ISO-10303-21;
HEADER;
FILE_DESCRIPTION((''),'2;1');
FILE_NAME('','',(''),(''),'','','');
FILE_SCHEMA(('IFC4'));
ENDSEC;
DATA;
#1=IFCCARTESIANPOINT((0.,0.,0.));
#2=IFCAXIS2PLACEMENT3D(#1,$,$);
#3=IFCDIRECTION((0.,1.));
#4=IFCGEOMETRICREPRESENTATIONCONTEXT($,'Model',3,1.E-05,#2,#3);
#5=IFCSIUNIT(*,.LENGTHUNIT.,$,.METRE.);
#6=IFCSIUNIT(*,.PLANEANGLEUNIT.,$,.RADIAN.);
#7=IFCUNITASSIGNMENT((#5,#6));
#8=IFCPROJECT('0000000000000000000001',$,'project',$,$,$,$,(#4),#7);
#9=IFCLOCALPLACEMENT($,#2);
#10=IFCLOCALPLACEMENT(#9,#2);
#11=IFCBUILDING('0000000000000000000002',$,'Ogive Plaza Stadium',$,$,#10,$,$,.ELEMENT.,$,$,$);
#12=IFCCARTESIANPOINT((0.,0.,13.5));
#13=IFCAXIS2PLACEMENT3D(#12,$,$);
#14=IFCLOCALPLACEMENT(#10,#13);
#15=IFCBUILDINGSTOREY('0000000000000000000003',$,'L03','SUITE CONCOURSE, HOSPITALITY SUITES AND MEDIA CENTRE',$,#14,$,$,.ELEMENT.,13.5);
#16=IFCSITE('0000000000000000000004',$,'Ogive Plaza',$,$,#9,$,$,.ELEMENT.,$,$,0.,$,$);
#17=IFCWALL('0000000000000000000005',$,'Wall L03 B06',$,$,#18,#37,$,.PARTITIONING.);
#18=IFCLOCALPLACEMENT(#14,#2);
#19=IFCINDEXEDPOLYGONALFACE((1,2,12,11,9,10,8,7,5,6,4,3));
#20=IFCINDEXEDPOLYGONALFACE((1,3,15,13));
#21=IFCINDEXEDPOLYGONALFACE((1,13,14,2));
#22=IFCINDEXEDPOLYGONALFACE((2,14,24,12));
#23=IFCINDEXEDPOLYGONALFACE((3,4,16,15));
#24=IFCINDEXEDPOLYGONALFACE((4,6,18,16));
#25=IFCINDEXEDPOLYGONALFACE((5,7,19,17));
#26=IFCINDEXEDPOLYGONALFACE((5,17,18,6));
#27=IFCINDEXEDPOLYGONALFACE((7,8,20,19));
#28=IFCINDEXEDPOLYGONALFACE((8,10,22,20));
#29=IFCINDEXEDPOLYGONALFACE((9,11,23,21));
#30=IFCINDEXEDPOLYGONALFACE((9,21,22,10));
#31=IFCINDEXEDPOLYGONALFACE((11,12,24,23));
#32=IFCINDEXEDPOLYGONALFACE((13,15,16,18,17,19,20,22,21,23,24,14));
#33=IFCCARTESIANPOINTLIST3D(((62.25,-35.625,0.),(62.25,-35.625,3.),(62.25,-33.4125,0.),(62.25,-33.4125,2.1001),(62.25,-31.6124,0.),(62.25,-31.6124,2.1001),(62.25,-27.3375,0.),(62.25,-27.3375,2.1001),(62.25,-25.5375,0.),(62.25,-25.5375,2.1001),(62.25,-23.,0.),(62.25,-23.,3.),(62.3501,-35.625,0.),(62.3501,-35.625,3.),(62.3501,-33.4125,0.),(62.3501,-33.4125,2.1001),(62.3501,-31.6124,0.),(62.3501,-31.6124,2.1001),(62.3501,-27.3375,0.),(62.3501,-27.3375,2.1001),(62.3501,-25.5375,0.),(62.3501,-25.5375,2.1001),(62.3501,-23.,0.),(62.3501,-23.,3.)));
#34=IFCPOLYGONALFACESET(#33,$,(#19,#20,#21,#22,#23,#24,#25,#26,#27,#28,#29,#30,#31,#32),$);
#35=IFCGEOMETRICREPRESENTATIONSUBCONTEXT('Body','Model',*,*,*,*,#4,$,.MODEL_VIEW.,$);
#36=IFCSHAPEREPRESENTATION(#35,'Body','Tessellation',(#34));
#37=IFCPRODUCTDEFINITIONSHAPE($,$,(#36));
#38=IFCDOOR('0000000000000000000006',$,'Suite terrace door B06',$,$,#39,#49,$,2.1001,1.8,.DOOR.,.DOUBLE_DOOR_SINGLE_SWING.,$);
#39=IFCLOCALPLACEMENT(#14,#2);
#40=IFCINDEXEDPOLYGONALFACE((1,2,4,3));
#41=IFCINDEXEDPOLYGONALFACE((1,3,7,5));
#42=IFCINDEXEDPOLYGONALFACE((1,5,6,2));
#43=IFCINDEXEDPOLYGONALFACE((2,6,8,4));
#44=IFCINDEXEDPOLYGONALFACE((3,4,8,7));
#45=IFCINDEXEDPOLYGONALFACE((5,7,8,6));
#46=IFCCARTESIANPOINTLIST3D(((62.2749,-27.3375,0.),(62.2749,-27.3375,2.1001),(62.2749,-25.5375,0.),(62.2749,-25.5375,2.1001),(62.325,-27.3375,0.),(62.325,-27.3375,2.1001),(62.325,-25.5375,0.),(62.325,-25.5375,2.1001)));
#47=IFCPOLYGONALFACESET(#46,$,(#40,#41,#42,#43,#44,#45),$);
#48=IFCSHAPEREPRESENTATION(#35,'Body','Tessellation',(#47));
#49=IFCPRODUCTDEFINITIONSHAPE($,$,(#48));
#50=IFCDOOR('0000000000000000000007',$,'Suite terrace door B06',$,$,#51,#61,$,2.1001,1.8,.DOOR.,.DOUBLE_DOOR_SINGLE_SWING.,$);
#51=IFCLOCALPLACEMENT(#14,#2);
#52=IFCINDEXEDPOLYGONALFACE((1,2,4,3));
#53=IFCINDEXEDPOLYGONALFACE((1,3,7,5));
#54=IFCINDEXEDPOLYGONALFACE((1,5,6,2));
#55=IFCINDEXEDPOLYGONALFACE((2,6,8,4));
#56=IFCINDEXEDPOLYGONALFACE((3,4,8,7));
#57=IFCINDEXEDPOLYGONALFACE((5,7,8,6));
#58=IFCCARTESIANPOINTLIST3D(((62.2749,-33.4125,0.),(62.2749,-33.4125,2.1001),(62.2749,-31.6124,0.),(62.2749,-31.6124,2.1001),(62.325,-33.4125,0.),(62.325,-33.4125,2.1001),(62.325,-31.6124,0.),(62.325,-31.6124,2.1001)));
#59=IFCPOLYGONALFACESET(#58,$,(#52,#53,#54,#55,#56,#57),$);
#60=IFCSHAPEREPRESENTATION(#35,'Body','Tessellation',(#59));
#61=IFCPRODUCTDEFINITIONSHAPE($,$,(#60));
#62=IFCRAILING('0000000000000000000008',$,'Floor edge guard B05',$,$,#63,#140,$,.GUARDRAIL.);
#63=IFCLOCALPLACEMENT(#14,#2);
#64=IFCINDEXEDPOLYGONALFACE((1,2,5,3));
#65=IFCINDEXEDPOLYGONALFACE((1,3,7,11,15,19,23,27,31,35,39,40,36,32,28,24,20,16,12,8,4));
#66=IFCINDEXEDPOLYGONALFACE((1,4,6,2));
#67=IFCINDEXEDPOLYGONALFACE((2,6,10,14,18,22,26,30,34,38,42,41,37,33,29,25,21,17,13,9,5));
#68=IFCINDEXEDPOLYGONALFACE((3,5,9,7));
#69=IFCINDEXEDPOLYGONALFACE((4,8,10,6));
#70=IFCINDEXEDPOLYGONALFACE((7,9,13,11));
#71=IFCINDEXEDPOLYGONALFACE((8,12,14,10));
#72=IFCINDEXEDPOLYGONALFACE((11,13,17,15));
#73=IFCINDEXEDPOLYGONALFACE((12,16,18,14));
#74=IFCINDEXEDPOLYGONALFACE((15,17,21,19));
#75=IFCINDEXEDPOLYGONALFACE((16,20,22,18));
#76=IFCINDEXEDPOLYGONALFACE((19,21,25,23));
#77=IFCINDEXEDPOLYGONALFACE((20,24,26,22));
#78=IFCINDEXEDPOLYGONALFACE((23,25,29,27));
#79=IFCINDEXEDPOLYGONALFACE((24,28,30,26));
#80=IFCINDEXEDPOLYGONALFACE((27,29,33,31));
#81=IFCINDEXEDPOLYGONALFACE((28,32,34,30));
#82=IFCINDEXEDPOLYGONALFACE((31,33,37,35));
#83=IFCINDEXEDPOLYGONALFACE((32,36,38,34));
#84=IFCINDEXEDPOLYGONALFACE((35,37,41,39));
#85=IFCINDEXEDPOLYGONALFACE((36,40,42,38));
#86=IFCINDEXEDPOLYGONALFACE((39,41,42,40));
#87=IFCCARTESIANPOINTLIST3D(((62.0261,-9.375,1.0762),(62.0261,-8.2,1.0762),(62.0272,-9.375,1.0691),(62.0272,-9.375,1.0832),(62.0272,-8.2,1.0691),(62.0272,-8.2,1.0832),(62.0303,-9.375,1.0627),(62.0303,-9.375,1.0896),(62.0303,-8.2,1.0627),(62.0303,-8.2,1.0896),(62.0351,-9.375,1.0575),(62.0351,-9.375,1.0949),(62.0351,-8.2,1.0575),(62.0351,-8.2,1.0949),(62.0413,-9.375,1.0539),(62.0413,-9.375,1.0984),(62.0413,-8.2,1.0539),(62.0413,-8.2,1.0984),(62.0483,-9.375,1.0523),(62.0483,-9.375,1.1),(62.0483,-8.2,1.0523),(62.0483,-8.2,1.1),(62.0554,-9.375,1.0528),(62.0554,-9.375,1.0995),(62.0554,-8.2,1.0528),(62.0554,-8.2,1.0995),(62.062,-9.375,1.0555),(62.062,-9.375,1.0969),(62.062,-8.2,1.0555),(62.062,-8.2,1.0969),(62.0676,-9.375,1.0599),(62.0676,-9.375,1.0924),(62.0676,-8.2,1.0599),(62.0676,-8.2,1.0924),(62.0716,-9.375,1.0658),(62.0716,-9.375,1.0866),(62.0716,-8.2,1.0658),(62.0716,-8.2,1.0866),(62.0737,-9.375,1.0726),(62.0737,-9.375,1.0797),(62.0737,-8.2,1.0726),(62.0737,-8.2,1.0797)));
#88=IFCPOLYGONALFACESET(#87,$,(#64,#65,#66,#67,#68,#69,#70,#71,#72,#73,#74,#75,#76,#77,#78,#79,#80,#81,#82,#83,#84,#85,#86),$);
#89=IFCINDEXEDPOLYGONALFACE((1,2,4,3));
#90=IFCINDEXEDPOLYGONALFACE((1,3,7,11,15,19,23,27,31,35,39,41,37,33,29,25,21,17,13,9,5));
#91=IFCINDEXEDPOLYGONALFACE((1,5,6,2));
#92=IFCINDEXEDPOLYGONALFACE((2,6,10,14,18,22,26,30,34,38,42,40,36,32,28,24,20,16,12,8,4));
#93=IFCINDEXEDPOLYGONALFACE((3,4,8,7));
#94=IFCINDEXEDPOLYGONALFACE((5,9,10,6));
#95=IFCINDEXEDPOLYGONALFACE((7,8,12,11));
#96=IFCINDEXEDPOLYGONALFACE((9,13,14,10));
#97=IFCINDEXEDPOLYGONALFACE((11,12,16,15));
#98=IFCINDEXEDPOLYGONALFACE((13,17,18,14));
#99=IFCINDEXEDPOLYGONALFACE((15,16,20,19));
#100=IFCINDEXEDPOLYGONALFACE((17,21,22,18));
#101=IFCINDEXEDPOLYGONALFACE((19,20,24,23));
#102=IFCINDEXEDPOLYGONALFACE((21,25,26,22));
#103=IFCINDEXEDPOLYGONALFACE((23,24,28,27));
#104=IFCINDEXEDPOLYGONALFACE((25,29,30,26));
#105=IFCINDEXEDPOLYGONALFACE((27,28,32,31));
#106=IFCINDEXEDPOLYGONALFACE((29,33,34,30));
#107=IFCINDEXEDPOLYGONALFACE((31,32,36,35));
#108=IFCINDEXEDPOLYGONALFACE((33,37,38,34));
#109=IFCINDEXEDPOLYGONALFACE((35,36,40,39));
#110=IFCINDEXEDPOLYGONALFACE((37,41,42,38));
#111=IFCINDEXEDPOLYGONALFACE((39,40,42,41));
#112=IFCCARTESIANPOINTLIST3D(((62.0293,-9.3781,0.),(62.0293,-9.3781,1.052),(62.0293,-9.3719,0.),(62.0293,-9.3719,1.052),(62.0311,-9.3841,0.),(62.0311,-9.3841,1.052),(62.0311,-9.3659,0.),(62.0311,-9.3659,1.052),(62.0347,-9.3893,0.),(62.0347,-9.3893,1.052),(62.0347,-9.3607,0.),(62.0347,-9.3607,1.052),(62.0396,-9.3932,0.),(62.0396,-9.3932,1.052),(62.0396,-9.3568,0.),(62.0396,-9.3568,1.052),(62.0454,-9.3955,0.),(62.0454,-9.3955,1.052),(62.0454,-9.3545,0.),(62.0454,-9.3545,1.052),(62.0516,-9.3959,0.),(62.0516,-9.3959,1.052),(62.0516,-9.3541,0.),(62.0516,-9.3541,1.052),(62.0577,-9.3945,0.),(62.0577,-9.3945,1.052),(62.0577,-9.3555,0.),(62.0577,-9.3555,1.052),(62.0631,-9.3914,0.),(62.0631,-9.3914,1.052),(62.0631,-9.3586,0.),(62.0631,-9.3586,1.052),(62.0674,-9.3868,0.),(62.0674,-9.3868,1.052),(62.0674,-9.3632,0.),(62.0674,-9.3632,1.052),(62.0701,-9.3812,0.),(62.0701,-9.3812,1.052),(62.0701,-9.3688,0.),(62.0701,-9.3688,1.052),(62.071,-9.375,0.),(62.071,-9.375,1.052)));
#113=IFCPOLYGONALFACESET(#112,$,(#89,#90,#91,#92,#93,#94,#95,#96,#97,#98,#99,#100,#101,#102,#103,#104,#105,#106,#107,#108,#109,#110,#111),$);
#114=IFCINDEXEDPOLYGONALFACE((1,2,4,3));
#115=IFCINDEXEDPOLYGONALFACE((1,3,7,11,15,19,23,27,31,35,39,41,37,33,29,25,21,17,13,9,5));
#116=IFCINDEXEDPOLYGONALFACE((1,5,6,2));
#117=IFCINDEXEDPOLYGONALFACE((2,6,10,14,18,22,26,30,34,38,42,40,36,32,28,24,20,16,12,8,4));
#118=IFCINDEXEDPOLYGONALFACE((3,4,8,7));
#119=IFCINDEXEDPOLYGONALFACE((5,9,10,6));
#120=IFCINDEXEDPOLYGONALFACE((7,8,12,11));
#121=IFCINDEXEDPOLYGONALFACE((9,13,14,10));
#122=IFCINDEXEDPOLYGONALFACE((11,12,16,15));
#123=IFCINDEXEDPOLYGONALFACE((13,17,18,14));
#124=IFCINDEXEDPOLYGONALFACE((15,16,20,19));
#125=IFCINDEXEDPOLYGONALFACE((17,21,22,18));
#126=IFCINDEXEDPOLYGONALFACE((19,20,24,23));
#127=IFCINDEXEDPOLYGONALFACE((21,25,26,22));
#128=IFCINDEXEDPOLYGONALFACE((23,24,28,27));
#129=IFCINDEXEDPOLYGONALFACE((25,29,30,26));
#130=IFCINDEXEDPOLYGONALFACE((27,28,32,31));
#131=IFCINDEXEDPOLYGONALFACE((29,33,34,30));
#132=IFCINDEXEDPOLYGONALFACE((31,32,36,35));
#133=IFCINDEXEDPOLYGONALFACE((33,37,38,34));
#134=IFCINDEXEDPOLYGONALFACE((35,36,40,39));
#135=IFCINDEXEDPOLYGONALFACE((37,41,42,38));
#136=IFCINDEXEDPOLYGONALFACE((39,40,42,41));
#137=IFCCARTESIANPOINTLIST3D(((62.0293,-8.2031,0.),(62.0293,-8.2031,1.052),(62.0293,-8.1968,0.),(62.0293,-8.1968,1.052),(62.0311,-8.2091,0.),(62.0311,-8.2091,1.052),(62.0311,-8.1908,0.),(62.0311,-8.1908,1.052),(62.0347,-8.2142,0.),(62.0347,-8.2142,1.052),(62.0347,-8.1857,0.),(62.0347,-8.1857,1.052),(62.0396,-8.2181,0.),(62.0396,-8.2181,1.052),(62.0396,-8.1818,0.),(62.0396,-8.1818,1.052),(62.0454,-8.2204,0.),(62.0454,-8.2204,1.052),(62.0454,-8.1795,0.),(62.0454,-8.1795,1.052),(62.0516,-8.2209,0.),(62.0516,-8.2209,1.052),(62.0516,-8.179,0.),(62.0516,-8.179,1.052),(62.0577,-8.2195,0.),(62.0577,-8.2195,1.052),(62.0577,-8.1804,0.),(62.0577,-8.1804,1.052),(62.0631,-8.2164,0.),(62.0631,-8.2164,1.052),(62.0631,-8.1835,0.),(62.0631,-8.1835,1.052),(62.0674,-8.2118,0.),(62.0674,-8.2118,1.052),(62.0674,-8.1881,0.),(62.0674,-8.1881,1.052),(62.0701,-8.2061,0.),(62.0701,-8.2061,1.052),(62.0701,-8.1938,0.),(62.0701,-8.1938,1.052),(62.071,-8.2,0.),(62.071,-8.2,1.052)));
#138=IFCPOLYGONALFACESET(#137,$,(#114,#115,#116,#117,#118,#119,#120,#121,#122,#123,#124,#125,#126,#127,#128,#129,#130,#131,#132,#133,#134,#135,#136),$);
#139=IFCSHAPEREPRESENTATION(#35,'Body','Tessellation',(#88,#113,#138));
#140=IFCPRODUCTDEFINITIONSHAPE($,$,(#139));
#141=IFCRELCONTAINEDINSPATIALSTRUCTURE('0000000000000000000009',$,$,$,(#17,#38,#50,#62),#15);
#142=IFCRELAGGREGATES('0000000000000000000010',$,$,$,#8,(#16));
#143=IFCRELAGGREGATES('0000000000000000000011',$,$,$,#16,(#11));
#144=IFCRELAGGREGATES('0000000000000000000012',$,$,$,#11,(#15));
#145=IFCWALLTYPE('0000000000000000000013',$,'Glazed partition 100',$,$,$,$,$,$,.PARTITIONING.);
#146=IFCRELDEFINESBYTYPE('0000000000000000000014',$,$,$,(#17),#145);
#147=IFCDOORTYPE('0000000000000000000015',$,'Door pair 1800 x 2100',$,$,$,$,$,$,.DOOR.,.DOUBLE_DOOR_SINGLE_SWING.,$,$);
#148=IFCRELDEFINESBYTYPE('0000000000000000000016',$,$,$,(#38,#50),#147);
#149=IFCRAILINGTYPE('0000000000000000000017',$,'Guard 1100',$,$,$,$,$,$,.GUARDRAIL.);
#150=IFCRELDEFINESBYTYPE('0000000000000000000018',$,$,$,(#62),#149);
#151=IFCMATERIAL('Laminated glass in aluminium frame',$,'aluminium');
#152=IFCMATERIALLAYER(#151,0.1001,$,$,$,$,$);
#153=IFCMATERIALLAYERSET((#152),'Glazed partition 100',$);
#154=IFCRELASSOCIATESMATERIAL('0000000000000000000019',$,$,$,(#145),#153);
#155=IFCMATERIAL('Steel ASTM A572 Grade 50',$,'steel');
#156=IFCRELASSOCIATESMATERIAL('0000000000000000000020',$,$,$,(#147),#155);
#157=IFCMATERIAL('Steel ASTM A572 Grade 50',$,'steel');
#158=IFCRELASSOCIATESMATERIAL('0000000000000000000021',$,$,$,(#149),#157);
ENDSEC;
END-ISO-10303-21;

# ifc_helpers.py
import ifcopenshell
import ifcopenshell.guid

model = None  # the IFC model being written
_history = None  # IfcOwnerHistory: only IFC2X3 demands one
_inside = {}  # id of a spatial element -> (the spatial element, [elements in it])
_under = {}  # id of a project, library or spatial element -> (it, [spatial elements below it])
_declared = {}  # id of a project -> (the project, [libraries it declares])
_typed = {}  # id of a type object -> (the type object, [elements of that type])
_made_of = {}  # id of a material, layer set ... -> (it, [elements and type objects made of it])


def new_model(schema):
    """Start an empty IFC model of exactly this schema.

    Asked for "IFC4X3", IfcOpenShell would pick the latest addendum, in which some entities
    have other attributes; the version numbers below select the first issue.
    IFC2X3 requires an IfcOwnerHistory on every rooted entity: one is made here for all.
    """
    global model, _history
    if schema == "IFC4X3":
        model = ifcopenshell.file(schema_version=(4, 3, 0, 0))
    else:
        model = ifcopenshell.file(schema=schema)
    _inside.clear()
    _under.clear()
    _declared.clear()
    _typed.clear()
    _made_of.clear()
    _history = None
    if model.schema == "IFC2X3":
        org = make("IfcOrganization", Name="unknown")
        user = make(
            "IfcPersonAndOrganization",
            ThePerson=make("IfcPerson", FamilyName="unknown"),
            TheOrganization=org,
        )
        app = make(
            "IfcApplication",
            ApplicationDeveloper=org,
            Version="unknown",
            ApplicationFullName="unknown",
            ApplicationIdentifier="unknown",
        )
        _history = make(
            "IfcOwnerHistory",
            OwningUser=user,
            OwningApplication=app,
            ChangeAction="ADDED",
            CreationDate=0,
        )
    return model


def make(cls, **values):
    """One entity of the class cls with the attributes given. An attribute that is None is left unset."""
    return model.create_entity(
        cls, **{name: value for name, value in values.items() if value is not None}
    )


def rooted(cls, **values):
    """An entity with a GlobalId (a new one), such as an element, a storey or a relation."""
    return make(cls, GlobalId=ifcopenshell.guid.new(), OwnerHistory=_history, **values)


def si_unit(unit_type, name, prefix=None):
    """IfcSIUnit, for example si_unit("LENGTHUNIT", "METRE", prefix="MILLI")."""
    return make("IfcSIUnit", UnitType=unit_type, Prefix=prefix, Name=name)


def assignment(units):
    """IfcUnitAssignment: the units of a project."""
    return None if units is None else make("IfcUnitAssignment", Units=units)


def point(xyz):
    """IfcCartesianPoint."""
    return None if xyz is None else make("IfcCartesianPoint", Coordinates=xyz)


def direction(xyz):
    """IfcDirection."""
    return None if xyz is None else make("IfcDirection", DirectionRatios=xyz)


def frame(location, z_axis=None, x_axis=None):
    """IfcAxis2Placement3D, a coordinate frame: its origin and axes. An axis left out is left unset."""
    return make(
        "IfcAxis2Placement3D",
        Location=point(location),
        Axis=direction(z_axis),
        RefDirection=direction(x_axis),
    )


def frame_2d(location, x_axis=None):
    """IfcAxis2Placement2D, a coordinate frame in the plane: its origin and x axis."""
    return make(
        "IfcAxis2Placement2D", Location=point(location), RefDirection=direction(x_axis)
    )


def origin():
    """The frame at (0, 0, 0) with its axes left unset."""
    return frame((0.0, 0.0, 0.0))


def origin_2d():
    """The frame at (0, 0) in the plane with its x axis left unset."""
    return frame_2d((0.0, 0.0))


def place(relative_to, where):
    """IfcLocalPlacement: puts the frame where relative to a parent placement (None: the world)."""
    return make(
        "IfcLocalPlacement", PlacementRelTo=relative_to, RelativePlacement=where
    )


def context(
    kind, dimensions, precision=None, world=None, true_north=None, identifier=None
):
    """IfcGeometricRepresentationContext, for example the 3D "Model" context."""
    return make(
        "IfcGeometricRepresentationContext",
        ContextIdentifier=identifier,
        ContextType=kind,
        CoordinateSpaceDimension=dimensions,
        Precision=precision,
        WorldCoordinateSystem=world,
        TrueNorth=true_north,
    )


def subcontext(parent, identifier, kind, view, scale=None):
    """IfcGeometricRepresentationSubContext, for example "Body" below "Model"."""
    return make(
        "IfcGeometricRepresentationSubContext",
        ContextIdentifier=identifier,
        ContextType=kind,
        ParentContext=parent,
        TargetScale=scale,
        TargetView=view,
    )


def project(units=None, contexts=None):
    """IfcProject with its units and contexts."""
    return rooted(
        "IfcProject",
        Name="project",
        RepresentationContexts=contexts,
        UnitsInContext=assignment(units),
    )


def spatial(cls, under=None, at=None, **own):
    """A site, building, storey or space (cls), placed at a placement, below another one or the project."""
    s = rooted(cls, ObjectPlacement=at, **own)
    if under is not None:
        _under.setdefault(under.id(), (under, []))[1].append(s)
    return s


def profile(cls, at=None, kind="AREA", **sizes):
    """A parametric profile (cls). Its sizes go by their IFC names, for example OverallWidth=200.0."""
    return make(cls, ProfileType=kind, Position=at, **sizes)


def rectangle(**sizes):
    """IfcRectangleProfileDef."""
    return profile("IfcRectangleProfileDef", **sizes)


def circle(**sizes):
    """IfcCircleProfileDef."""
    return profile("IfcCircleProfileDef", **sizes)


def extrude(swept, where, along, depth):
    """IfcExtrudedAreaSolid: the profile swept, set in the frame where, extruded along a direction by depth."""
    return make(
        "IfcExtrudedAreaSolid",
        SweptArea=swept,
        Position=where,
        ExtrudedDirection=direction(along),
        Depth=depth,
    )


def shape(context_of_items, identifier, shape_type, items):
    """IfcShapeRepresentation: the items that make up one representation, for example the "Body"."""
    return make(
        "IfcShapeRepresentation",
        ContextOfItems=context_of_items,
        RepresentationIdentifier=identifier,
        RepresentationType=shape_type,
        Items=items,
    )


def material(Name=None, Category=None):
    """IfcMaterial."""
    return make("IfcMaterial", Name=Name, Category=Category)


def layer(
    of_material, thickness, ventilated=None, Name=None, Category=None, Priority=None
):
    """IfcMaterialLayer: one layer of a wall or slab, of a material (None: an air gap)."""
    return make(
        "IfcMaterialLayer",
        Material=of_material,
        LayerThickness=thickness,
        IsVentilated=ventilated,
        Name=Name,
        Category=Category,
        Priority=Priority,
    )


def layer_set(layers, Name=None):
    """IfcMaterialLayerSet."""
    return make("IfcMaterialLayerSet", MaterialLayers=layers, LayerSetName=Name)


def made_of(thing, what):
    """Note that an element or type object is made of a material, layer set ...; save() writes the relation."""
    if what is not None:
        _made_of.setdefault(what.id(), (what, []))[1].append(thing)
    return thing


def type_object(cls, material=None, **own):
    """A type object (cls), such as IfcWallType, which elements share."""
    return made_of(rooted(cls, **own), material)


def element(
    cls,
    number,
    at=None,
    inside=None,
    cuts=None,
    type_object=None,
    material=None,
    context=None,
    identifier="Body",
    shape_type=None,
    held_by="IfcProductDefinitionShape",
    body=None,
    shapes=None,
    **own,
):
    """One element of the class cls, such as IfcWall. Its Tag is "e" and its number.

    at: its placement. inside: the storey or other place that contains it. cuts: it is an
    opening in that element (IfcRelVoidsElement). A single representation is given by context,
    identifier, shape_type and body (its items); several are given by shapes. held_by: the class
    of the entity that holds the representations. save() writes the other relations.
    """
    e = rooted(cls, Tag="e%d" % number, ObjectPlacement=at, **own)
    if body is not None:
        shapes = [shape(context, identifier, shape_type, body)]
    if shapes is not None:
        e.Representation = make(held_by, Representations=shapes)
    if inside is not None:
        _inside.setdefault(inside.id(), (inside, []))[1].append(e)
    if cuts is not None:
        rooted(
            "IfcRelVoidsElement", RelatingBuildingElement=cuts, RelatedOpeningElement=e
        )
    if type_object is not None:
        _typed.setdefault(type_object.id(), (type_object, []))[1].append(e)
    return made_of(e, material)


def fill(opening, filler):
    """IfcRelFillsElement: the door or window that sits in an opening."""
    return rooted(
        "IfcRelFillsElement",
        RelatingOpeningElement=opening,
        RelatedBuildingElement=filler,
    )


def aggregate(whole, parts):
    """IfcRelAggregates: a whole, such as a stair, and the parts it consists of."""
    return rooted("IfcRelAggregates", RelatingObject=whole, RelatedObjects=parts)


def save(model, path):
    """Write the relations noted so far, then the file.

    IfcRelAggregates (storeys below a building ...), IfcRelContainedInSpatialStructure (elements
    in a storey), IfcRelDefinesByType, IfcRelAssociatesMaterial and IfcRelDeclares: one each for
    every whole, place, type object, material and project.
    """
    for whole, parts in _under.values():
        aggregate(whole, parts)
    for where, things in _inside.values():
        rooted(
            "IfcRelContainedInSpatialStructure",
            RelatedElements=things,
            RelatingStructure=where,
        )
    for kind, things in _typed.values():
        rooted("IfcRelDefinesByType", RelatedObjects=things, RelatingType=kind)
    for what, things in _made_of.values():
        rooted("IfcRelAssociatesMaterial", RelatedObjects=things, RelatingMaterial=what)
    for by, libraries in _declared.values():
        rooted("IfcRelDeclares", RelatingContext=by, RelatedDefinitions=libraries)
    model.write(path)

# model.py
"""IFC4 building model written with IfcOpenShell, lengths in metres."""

from ifc_helpers import new_model, si_unit, direction, frame, frame_2d, origin, origin_2d, place, context, subcontext, project, spatial, rectangle, circle, extrude, material, layer, layer_set, type_object, element, fill, save


model = new_model("IFC4")

# Units and contexts
model_context = context("Model", 3, precision=1e-05, world=origin(), true_north=direction((0.0, 1.0)))
body_context = subcontext(model_context, "Body", "Model", "MODEL_VIEW")
ifc_project = project(units=[si_unit("LENGTHUNIT", "METRE"), si_unit("PLANEANGLEUNIT", "RADIAN")], contexts=[model_context])

# Site, building, storey
site_placement = place(None, origin())
site = spatial("IfcSite", under=ifc_project, at=site_placement, Name="Ogive Plaza", CompositionType="ELEMENT", RefElevation=0.0)
building_placement = place(site_placement, origin())
building = spatial("IfcBuilding", under=site, at=building_placement, Name="Ogive Plaza Stadium", CompositionType="ELEMENT")
storey_placement = place(building_placement, frame((0.0, 0.0, 13.5)))
storey = spatial("IfcBuildingStorey", under=building, at=storey_placement, Name="L03", Description="SUITE CONCOURSE, HOSPITALITY SUITES AND MEDIA CENTRE", CompositionType="ELEMENT", Elevation=13.5)

# Wall, openings, doors
ifc_material_1 = material(Name="Laminated glass in aluminium frame", Category="aluminium")
ifc_layer_1 = layer(ifc_material_1, 0.1001)
ifc_layer_set_1 = layer_set([ifc_layer_1], Name="Glazed partition 100")
wall_type = type_object("IfcWallType", Name="Glazed partition 100", PredefinedType="PARTITIONING", material=ifc_layer_set_1)
wall_placement = place(storey_placement, frame((62.3, -23.0, 0.0), z_axis=(0.0, 0.0, 1.0), x_axis=(0.0, -1.0, 0.0)))
wall = element("IfcWall", 1, at=wall_placement, inside=storey, type_object=wall_type, Name="Wall L03 B06", PredefinedType="PARTITIONING", context=body_context, shape_type="SweptSolid", body=[
    extrude(rectangle(XDim=12.625, YDim=0.1001, at=frame_2d((6.3125, 0.0))), origin(), (0.0, 0.0, 1.0), 3.0),
])
opening_1_placement = place(wall_placement, frame((2.5376, 0.0, 0.0)))
opening_1 = element("IfcOpeningElement", 2, at=opening_1_placement, cuts=wall, PredefinedType="OPENING", context=body_context, shape_type="SweptSolid", body=[
    extrude(rectangle(XDim=1.8, YDim=2.1001, at=frame_2d((0.8999, 1.05))), frame((0.0, 0.05, 0.0), z_axis=(0.0, -1.0, 0.0), x_axis=(1.0, 0.0, 0.0)), (0.0, 0.0, 1.0), 0.1001),
])
opening_2_placement = place(wall_placement, frame((8.6125, 0.0, 0.0)))
opening_2 = element("IfcOpeningElement", 3, at=opening_2_placement, cuts=wall, PredefinedType="OPENING", context=body_context, shape_type="SweptSolid", body=[
    extrude(rectangle(XDim=1.8, YDim=2.1001, at=frame_2d((0.8999, 1.05))), frame((0.0, 0.05, 0.0), z_axis=(0.0, -1.0, 0.0), x_axis=(1.0, 0.0, 0.0)), (0.0, 0.0, 1.0), 0.1001),
])
ifc_material_2 = material(Name="Steel ASTM A572 Grade 50", Category="steel")
door_type = type_object("IfcDoorType", Name="Door pair 1800 x 2100", OperationType="DOUBLE_DOOR_SINGLE_SWING", PredefinedType="DOOR", material=ifc_material_2)
door_1_placement = place(opening_1_placement, origin())
door_1 = element("IfcDoor", 4, at=door_1_placement, inside=storey, type_object=door_type, Name="Suite terrace door B06", OperationType="DOUBLE_DOOR_SINGLE_SWING", OverallHeight=2.1001, OverallWidth=1.8, PredefinedType="DOOR", context=body_context, shape_type="SweptSolid", body=[
    extrude(rectangle(XDim=1.8, YDim=2.1001, at=frame_2d((0.8999, 1.05))), frame((0.0, 0.0249, 0.0), z_axis=(0.0, -1.0, 0.0), x_axis=(1.0, 0.0, 0.0)), (0.0, 0.0, 1.0), 0.05),
])
fill(opening_1, door_1)
door_2_placement = place(opening_2_placement, origin())
door_2 = element("IfcDoor", 5, at=door_2_placement, inside=storey, type_object=door_type, Name="Suite terrace door B06", OperationType="DOUBLE_DOOR_SINGLE_SWING", OverallHeight=2.1001, OverallWidth=1.8, PredefinedType="DOOR", context=body_context, shape_type="SweptSolid", body=[
    extrude(rectangle(XDim=1.8, YDim=2.1001, at=frame_2d((0.8999, 1.05))), frame((0.0, 0.0249, 0.0), z_axis=(0.0, -1.0, 0.0), x_axis=(1.0, 0.0, 0.0)), (0.0, 0.0, 1.0), 0.05),
])
fill(opening_2, door_2)

# Railing
ifc_material_3 = material(Name="Steel ASTM A572 Grade 50", Category="steel")
railing_type = type_object("IfcRailingType", Name="Guard 1100", PredefinedType="GUARDRAIL", material=ifc_material_3)
railing_1_placement = place(storey_placement, frame((62.05, -9.375, 0.0)))
element("IfcRailing", 6, at=railing_1_placement, inside=storey, type_object=railing_type, Name="Floor edge guard B05", PredefinedType="GUARDRAIL", context=body_context, shape_type="SweptSolid", body=[
    extrude(circle(Radius=0.0239, at=origin_2d()), frame((0.0, 0.0, 1.0762), z_axis=(0.0, 1.0, 0.0), x_axis=(-1.0, 0.0, 0.0)), (0.0, 0.0, 1.0), 1.175),
    extrude(circle(Radius=0.021, at=origin_2d()), origin(), (0.0, 0.0, 1.0), 1.052),
    extrude(circle(Radius=0.021, at=origin_2d()), frame((0.0, 1.175, 0.0)), (0.0, 0.0, 1.0), 1.052),
])

save(model, "model.ifc")
